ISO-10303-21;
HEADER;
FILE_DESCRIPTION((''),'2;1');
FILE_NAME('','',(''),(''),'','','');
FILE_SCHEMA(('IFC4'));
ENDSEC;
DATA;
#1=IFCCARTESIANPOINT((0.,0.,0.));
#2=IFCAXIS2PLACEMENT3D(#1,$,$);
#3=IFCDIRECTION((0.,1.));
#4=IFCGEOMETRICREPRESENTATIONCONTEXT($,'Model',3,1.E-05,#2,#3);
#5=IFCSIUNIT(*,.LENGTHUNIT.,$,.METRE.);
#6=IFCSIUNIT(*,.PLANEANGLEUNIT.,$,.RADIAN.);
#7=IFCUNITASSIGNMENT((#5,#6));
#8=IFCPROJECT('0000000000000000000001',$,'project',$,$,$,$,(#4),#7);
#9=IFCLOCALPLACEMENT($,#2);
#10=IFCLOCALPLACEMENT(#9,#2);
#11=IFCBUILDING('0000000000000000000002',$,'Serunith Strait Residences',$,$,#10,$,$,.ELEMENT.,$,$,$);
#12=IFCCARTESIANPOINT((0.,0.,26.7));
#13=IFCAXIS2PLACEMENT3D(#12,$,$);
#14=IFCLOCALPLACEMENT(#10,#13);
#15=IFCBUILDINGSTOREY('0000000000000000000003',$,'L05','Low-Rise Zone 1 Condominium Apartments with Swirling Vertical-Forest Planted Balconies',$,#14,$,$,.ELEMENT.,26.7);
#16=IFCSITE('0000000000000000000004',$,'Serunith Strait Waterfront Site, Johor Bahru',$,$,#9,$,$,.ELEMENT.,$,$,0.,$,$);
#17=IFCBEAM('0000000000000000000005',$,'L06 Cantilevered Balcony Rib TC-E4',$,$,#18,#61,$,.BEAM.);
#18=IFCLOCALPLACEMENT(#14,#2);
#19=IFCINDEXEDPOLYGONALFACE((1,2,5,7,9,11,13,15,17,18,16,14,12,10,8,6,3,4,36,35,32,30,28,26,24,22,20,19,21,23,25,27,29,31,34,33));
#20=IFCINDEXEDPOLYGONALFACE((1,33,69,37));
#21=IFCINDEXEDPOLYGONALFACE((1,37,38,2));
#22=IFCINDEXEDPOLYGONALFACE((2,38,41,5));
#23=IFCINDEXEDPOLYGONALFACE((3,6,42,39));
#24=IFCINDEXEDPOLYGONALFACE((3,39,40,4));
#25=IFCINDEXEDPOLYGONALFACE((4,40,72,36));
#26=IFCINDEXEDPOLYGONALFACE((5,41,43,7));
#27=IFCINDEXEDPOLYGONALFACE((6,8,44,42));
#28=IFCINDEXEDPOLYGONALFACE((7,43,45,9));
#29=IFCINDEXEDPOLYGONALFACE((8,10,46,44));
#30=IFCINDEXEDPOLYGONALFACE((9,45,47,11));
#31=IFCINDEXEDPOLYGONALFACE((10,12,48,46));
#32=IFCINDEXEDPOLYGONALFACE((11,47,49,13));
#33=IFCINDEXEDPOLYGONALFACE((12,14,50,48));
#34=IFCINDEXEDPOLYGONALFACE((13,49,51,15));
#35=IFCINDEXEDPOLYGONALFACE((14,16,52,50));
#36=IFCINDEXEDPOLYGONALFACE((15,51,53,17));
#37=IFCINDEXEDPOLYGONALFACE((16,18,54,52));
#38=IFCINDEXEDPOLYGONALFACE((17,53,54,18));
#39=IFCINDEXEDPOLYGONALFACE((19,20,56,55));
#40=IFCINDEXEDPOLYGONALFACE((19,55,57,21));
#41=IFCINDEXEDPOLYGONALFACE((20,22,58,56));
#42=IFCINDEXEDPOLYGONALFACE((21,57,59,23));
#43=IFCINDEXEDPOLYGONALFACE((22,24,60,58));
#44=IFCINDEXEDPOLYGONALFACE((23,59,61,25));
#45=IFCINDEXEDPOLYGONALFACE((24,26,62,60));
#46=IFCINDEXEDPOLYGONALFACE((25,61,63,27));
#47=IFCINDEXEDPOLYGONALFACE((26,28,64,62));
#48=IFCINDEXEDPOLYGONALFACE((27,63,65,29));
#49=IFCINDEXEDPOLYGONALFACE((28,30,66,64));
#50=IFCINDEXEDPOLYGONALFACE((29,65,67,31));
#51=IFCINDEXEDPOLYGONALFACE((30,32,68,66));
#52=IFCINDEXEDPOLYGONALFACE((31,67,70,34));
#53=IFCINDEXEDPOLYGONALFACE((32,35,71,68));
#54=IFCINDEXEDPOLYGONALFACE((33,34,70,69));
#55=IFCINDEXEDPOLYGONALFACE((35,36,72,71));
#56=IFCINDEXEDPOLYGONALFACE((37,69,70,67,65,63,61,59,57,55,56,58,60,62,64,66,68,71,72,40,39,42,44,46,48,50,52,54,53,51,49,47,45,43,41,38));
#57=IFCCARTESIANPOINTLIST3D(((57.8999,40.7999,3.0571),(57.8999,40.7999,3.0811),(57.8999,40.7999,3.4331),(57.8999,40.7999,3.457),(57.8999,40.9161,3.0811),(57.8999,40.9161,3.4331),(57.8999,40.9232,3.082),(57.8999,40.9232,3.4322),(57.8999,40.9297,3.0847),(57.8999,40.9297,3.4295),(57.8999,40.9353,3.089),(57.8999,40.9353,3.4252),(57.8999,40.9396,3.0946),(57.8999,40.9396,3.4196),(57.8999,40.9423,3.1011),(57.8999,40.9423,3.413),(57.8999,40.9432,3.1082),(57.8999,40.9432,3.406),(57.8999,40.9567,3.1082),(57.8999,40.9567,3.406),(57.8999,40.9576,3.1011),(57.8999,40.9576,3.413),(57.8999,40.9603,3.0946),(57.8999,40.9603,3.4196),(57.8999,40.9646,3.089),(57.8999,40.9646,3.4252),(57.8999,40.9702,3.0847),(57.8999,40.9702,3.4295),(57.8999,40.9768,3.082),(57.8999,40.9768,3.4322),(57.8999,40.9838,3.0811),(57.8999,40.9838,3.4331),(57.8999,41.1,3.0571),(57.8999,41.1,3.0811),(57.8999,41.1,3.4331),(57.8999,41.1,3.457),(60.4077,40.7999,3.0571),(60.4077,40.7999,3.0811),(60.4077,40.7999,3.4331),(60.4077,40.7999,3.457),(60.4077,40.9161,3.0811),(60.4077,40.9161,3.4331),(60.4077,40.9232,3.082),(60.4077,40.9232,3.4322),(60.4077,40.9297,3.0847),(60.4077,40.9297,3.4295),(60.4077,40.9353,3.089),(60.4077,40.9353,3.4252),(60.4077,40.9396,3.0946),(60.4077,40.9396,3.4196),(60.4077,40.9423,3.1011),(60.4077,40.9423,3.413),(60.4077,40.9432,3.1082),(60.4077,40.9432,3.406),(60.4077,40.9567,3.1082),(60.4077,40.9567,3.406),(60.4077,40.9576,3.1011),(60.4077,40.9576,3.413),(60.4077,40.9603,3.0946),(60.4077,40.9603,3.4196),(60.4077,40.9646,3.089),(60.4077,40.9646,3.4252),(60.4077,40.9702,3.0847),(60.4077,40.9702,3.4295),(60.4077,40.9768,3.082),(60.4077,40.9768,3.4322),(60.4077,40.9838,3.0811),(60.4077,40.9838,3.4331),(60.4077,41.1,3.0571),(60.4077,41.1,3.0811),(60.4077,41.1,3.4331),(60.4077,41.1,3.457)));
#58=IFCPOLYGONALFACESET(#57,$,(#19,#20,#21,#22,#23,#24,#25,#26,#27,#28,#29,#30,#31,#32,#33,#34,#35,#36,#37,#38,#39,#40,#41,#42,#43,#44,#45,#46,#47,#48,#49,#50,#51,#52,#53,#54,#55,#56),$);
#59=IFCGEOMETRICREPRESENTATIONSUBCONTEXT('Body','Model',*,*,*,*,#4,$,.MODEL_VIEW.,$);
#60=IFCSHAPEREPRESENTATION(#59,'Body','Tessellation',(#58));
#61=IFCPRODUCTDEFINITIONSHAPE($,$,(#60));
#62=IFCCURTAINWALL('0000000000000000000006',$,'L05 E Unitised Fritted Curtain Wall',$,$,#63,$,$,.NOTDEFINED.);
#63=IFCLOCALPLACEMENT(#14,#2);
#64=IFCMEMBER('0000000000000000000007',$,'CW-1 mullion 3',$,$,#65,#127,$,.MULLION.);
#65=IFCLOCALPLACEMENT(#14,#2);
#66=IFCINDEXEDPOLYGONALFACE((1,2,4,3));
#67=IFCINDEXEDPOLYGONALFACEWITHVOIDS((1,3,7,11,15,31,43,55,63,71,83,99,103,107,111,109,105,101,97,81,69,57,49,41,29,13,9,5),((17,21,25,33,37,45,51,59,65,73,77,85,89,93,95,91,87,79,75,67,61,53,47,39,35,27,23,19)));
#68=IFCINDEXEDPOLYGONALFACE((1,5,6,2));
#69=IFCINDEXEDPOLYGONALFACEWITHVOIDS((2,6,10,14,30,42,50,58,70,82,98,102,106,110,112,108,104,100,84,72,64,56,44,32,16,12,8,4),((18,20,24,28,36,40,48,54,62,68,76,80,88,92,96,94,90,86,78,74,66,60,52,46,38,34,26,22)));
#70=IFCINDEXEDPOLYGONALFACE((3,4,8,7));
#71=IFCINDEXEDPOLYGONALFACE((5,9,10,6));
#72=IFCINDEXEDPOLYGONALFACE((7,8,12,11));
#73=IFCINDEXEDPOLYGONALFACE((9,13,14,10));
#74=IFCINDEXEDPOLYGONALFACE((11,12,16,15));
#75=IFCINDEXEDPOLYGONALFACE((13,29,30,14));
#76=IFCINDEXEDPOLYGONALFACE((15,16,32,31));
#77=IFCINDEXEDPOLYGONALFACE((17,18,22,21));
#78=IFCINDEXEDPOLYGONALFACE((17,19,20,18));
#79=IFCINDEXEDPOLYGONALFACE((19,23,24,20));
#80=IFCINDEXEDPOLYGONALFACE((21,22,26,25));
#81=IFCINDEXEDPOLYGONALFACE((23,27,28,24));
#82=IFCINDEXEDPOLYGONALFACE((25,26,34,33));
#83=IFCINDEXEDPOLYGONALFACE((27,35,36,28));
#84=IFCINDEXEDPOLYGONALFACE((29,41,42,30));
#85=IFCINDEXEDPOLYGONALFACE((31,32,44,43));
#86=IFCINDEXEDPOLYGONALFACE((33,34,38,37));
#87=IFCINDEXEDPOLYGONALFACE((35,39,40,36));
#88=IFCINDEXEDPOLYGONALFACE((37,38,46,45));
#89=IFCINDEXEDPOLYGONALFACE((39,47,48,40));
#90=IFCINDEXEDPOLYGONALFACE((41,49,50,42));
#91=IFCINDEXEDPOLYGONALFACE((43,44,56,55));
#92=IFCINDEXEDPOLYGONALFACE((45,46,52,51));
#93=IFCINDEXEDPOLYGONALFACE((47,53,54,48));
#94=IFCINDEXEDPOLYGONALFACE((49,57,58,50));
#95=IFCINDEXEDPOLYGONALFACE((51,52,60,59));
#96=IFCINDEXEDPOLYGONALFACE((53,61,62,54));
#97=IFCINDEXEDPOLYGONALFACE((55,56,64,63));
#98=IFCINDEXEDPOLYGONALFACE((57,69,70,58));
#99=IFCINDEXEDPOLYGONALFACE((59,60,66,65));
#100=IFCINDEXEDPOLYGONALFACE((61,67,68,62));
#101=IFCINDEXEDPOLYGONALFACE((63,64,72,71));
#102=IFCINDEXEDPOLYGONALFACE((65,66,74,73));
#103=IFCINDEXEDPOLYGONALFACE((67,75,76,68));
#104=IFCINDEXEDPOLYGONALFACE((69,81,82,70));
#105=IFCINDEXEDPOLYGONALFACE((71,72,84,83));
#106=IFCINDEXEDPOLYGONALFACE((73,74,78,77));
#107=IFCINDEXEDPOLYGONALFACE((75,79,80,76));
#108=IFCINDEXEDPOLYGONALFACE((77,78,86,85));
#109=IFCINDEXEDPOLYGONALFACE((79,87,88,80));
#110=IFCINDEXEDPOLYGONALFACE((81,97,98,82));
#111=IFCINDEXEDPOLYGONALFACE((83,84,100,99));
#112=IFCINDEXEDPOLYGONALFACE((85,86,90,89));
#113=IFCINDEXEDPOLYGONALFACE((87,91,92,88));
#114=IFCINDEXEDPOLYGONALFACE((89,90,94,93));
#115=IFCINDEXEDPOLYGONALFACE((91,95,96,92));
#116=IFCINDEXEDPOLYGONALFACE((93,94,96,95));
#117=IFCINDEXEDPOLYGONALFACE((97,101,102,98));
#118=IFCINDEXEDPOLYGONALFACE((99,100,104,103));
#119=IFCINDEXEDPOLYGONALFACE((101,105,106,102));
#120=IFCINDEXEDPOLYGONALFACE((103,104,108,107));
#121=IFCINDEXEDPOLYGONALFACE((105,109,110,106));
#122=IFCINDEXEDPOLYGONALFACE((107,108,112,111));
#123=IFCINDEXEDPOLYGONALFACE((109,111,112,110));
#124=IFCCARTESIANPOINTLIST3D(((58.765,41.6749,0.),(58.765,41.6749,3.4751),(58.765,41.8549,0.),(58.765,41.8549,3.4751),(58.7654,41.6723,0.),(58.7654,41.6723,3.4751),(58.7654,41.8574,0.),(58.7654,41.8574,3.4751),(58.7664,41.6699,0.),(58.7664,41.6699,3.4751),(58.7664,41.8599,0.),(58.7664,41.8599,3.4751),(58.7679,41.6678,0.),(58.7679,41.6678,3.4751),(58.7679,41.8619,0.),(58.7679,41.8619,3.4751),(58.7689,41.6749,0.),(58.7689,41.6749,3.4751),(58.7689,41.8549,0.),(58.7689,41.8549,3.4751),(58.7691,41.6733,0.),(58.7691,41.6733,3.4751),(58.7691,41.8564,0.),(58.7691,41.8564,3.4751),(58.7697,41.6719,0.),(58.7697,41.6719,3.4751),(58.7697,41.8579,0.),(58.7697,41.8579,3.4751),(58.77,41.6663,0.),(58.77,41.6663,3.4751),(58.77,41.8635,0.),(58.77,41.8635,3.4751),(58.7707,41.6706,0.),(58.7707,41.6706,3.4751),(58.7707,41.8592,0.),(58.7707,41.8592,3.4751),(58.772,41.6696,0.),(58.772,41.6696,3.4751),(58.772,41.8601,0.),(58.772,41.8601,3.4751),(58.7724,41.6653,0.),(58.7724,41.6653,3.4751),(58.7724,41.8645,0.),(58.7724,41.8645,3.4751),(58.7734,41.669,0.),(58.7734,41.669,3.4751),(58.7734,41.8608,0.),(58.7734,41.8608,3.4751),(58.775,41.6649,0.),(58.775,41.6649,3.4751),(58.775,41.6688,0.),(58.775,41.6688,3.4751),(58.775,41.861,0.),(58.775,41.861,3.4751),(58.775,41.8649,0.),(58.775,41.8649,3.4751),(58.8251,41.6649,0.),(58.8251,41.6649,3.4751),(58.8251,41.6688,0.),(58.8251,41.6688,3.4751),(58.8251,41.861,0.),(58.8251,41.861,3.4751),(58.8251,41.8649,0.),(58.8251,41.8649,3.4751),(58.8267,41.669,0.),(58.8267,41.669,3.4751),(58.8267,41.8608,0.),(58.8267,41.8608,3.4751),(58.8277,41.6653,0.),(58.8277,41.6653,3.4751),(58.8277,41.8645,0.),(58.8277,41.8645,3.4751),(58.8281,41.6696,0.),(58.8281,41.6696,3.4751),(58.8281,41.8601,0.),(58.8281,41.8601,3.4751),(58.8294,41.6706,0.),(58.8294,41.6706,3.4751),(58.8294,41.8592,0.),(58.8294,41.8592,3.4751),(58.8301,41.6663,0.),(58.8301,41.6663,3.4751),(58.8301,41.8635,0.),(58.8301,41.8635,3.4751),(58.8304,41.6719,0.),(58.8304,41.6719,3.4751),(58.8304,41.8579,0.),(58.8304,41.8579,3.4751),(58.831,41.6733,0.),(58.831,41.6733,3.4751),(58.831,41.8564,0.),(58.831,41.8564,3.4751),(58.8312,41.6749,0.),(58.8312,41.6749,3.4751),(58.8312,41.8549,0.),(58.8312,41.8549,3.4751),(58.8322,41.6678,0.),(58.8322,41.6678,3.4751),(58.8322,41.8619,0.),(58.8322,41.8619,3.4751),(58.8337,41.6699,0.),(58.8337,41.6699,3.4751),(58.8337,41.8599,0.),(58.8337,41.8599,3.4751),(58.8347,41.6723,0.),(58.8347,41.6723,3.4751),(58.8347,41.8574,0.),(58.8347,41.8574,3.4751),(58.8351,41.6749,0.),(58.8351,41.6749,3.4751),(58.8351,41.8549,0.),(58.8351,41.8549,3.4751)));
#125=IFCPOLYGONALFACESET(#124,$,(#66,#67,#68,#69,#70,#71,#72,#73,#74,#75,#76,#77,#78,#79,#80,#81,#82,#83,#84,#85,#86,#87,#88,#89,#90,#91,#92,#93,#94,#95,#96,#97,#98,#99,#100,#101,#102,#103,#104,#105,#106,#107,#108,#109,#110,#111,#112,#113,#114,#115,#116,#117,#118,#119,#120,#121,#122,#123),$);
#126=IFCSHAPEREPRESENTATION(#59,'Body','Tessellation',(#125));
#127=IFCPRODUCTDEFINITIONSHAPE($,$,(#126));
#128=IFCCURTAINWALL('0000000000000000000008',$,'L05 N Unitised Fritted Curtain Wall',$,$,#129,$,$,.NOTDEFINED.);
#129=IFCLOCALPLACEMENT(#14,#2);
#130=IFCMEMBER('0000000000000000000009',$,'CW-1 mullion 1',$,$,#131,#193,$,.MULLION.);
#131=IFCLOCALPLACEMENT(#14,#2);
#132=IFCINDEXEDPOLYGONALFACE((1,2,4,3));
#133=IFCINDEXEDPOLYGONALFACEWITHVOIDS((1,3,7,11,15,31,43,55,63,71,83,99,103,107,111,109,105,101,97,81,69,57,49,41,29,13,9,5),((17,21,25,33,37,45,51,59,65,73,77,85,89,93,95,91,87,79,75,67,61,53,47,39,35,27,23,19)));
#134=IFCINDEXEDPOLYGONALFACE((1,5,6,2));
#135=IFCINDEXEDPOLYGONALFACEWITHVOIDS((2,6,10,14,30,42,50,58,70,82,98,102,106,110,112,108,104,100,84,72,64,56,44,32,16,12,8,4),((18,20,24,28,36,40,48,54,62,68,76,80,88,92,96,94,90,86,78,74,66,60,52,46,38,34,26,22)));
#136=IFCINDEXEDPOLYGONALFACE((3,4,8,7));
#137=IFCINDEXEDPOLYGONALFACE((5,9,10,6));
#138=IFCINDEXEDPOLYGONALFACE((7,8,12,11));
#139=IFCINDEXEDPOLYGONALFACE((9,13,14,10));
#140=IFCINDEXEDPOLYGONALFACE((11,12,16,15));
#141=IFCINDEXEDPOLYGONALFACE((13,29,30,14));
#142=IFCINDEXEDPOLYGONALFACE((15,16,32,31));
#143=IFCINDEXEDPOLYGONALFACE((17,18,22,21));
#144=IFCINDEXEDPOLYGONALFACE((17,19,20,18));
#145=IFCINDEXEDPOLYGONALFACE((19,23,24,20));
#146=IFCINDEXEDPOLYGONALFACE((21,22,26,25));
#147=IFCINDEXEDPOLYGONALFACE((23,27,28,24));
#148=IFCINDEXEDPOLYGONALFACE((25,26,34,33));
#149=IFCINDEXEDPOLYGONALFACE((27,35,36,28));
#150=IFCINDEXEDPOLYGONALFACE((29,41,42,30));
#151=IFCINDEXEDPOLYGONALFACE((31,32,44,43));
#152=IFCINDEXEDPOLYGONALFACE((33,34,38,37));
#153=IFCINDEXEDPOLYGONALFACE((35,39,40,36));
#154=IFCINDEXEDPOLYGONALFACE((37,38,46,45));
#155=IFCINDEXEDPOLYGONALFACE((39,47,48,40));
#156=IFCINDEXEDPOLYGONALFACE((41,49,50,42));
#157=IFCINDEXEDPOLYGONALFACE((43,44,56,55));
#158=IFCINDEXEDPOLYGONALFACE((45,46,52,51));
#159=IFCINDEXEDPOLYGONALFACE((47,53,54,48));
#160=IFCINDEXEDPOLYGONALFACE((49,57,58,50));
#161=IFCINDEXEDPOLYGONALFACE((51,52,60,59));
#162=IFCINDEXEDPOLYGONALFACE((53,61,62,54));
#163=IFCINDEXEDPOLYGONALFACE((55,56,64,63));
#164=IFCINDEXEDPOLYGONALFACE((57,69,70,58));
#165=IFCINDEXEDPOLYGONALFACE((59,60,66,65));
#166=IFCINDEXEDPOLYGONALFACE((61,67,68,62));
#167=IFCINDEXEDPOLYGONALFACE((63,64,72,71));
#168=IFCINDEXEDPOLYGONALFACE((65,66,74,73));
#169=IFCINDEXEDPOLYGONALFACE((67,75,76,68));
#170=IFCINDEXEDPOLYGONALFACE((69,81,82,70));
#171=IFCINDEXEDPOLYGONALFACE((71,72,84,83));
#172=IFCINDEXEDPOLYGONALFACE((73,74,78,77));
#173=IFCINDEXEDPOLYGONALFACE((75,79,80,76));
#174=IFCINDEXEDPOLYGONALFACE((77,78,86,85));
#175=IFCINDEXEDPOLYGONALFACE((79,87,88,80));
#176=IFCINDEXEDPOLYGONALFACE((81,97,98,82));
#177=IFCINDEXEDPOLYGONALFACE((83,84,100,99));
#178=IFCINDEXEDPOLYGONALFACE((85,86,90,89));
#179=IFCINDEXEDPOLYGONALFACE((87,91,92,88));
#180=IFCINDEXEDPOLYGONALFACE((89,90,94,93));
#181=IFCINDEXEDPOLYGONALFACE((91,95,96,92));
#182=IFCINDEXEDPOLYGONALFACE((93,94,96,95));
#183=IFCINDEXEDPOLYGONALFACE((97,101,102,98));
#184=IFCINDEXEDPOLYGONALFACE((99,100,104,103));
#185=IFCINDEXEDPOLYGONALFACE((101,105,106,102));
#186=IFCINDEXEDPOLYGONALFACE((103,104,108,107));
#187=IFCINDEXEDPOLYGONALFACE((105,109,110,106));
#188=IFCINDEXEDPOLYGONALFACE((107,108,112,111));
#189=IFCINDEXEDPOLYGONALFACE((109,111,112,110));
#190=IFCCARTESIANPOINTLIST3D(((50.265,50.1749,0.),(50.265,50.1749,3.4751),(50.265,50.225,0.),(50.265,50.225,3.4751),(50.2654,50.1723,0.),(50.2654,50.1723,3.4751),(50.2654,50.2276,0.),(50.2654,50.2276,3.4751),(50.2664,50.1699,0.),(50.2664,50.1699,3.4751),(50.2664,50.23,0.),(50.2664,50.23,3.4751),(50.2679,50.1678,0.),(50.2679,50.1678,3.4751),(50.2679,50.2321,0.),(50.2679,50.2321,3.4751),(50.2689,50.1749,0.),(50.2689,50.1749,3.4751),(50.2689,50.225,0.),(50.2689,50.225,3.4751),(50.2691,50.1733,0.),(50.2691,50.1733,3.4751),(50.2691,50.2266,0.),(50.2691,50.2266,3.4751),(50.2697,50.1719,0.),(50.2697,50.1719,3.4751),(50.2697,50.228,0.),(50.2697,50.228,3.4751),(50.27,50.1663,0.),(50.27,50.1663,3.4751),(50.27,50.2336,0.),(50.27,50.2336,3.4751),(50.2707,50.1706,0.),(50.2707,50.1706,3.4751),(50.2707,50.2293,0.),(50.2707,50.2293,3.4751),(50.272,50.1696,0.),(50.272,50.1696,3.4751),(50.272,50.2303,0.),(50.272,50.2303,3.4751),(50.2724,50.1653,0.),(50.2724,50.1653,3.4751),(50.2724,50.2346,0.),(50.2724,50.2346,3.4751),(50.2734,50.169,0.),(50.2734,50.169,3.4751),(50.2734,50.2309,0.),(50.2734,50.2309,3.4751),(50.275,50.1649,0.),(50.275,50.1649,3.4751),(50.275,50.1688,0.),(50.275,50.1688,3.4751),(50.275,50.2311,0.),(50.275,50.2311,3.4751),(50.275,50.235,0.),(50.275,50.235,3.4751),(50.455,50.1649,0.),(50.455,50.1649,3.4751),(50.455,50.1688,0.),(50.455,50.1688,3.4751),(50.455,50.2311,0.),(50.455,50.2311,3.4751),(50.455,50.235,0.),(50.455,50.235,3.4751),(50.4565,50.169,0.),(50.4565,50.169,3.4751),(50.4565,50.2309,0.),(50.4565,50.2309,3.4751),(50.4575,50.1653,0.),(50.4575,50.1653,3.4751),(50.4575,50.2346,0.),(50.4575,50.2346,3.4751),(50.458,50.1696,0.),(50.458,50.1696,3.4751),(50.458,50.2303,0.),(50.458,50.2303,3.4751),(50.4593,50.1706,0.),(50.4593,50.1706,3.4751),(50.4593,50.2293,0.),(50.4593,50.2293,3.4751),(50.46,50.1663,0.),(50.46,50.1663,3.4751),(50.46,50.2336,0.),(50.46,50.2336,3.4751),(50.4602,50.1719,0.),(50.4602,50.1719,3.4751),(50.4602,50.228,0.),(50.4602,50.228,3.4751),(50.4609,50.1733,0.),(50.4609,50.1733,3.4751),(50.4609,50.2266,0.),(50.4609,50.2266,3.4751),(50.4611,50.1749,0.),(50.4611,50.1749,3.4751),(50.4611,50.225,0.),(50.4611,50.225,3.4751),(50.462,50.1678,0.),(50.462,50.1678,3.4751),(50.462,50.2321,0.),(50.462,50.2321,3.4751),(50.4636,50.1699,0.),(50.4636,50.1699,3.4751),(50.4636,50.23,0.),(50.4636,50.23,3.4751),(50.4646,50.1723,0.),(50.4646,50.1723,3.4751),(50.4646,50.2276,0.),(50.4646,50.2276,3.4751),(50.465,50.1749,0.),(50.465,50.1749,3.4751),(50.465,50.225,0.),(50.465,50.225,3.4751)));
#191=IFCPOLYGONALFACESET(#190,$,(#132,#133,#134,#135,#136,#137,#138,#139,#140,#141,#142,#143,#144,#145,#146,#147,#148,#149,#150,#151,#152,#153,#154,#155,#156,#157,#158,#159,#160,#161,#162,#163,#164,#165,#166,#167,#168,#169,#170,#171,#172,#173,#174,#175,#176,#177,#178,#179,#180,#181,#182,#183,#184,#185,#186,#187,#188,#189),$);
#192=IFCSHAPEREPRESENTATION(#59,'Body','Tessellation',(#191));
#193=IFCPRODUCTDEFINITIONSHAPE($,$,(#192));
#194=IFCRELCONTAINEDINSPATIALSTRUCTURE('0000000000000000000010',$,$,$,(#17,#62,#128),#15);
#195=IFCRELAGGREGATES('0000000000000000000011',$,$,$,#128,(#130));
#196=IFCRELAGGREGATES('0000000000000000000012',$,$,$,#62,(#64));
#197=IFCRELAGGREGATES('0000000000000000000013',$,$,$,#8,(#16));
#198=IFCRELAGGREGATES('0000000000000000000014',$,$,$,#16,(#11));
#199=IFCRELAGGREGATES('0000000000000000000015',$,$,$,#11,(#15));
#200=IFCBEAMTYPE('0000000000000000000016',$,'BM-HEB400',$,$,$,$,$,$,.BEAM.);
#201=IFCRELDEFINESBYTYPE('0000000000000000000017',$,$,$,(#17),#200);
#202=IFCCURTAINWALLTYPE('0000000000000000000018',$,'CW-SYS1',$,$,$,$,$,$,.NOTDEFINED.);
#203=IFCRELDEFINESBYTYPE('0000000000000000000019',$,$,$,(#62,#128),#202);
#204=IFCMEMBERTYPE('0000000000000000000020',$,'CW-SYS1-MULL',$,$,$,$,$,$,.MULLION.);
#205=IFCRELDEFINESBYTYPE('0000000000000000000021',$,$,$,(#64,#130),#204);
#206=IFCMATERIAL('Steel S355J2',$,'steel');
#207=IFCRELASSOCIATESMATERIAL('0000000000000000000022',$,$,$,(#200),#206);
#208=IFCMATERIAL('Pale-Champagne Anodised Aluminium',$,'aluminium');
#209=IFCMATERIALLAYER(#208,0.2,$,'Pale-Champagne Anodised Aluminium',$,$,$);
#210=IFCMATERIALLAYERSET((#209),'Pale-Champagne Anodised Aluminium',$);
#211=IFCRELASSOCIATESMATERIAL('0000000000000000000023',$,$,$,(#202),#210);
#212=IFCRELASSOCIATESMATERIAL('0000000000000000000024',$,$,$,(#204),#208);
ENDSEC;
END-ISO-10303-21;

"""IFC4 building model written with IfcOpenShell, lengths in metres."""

from ifc_helpers import new_model, si_unit, direction, frame, origin, origin_2d, place, context, subcontext, project, spatial, hollow_rectangle, i_section, extrude, source, transform, mapped, material, layer, layer_set, material_profile, profile_set, type_object, element, aggregate, save


model = new_model("IFC4")

# Units and contexts
model_context = context("Model", 3, precision=1e-05, world=origin(), true_north=direction((0.0, 1.0)))
body_context = subcontext(model_context, "Body", "Model", "MODEL_VIEW")
ifc_project = project(units=[si_unit("LENGTHUNIT", "METRE"), si_unit("PLANEANGLEUNIT", "RADIAN")], contexts=[model_context])

# Site, building, storey
site_placement = place(None, origin())
site = spatial("IfcSite", under=ifc_project, at=site_placement, Name="Serunith Strait Waterfront Site, Johor Bahru", CompositionType="ELEMENT", RefElevation=0.0)
building_placement = place(site_placement, origin())
building = spatial("IfcBuilding", under=site, at=building_placement, Name="Serunith Strait Residences", CompositionType="ELEMENT")
storey_placement = place(building_placement, frame((0.0, 0.0, 26.7)))
storey = spatial("IfcBuildingStorey", under=building, at=storey_placement, Name="L05", Description="Low-Rise Zone 1 Condominium Apartments with Swirling Vertical-Forest Planted Balconies", CompositionType="ELEMENT", Elevation=26.7)

# Beam
ifc_material_1 = material(Name="Steel S355J2", Category="steel")
ifc_material_profile_1 = material_profile(ifc_material_1, i_section(OverallWidth=0.3, OverallDepth=0.3999, WebThickness=0.0134, FlangeThickness=0.0239, FilletRadius=0.0271, at=origin_2d()), Name="HEB 400")
ifc_profile_set_1 = profile_set([ifc_material_profile_1], Name="Steel S355J2")
beam_type_1 = type_object("IfcBeamType", Name="BM-HEB400", PredefinedType="BEAM", material=ifc_profile_set_1)
shared_shape_1 = source(origin(), body_context, "Body", "SweptSolid", [
    extrude(i_section(OverallWidth=0.3, OverallDepth=0.3999, WebThickness=0.0134, FlangeThickness=0.0239, FilletRadius=0.0271, at=origin_2d()), origin(), (0.0, 0.0, 1.0), 2.5078),
])
beam_1_placement = place(storey_placement, frame((57.8999, 40.95, 3.2571), z_axis=(1.0, 0.0, 0.0), x_axis=(0.0, 1.0, 0.0)))
element("IfcBeam", 1, at=beam_1_placement, inside=storey, type_object=beam_type_1, Name="L06 Cantilevered Balcony Rib TC-E4", PredefinedType="BEAM", context=body_context, shape_type="MappedRepresentation", body=[
    mapped(shared_shape_1, transform((0.0, 0.0, 0.0), scale=1.0)),
])

# Curtain wall, member
ifc_material_2 = material(Name="Pale-Champagne Anodised Aluminium", Category="aluminium")
ifc_layer_1 = layer(ifc_material_2, 0.2, Name="Pale-Champagne Anodised Aluminium")
ifc_layer_set_1 = layer_set([ifc_layer_1], Name="Pale-Champagne Anodised Aluminium")
curtain_wall_type = type_object("IfcCurtainWallType", Name="CW-SYS1", PredefinedType="NOTDEFINED", material=ifc_layer_set_1)
curtain_wall_1_placement = place(storey_placement, origin())
curtain_wall_1 = element("IfcCurtainWall", 2, at=curtain_wall_1_placement, inside=storey, type_object=curtain_wall_type, Name="L05 E Unitised Fritted Curtain Wall", PredefinedType="NOTDEFINED")
ifc_material_profile_2 = material_profile(ifc_material_2, hollow_rectangle(XDim=0.0701, YDim=0.2, WallThickness=0.0039, InnerFilletRadius=0.0061, OuterFilletRadius=0.01, at=origin_2d()), Name="ALU 200x70x4")
ifc_profile_set_2 = profile_set([ifc_material_profile_2], Name="Pale-Champagne Anodised Aluminium")
member_type_1 = type_object("IfcMemberType", Name="CW-SYS1-MULL", PredefinedType="MULLION", material=ifc_profile_set_2)
shared_shape_2 = source(origin(), body_context, "Body", "SweptSolid", [
    extrude(hollow_rectangle(XDim=0.0701, YDim=0.2, WallThickness=0.0039, InnerFilletRadius=0.0061, OuterFilletRadius=0.01, at=origin_2d()), origin(), (0.0, 0.0, 1.0), 3.4751),
])
member_1_placement = place(storey_placement, frame((58.8, 41.7649, 0.0), z_axis=(0.0, 0.0, 1.0), x_axis=(-1.0, 0.0, 0.0)))
member_1 = element("IfcMember", 3, at=member_1_placement, type_object=member_type_1, Name="CW-1 mullion 3", PredefinedType="MULLION", context=body_context, shape_type="MappedRepresentation", body=[
    mapped(shared_shape_2, transform((0.0, 0.0, 0.0), scale=1.0)),
])

# Curtain wall, member
curtain_wall_2_placement = place(storey_placement, origin())
curtain_wall_2 = element("IfcCurtainWall", 4, at=curtain_wall_2_placement, inside=storey, type_object=curtain_wall_type, Name="L05 N Unitised Fritted Curtain Wall", PredefinedType="NOTDEFINED")
member_2_placement = place(storey_placement, frame((50.365, 50.2, 0.0), z_axis=(0.0, 0.0, 1.0), x_axis=(0.0, -1.0, 0.0)))
member_2 = element("IfcMember", 5, at=member_2_placement, type_object=member_type_1, Name="CW-1 mullion 1", PredefinedType="MULLION", context=body_context, shape_type="MappedRepresentation", body=[
    mapped(shared_shape_2, transform((0.0, 0.0, 0.0), scale=1.0)),
])
aggregate(curtain_wall_2, [member_2])

aggregate(curtain_wall_1, [member_1])

save(model, "model.ifc")
